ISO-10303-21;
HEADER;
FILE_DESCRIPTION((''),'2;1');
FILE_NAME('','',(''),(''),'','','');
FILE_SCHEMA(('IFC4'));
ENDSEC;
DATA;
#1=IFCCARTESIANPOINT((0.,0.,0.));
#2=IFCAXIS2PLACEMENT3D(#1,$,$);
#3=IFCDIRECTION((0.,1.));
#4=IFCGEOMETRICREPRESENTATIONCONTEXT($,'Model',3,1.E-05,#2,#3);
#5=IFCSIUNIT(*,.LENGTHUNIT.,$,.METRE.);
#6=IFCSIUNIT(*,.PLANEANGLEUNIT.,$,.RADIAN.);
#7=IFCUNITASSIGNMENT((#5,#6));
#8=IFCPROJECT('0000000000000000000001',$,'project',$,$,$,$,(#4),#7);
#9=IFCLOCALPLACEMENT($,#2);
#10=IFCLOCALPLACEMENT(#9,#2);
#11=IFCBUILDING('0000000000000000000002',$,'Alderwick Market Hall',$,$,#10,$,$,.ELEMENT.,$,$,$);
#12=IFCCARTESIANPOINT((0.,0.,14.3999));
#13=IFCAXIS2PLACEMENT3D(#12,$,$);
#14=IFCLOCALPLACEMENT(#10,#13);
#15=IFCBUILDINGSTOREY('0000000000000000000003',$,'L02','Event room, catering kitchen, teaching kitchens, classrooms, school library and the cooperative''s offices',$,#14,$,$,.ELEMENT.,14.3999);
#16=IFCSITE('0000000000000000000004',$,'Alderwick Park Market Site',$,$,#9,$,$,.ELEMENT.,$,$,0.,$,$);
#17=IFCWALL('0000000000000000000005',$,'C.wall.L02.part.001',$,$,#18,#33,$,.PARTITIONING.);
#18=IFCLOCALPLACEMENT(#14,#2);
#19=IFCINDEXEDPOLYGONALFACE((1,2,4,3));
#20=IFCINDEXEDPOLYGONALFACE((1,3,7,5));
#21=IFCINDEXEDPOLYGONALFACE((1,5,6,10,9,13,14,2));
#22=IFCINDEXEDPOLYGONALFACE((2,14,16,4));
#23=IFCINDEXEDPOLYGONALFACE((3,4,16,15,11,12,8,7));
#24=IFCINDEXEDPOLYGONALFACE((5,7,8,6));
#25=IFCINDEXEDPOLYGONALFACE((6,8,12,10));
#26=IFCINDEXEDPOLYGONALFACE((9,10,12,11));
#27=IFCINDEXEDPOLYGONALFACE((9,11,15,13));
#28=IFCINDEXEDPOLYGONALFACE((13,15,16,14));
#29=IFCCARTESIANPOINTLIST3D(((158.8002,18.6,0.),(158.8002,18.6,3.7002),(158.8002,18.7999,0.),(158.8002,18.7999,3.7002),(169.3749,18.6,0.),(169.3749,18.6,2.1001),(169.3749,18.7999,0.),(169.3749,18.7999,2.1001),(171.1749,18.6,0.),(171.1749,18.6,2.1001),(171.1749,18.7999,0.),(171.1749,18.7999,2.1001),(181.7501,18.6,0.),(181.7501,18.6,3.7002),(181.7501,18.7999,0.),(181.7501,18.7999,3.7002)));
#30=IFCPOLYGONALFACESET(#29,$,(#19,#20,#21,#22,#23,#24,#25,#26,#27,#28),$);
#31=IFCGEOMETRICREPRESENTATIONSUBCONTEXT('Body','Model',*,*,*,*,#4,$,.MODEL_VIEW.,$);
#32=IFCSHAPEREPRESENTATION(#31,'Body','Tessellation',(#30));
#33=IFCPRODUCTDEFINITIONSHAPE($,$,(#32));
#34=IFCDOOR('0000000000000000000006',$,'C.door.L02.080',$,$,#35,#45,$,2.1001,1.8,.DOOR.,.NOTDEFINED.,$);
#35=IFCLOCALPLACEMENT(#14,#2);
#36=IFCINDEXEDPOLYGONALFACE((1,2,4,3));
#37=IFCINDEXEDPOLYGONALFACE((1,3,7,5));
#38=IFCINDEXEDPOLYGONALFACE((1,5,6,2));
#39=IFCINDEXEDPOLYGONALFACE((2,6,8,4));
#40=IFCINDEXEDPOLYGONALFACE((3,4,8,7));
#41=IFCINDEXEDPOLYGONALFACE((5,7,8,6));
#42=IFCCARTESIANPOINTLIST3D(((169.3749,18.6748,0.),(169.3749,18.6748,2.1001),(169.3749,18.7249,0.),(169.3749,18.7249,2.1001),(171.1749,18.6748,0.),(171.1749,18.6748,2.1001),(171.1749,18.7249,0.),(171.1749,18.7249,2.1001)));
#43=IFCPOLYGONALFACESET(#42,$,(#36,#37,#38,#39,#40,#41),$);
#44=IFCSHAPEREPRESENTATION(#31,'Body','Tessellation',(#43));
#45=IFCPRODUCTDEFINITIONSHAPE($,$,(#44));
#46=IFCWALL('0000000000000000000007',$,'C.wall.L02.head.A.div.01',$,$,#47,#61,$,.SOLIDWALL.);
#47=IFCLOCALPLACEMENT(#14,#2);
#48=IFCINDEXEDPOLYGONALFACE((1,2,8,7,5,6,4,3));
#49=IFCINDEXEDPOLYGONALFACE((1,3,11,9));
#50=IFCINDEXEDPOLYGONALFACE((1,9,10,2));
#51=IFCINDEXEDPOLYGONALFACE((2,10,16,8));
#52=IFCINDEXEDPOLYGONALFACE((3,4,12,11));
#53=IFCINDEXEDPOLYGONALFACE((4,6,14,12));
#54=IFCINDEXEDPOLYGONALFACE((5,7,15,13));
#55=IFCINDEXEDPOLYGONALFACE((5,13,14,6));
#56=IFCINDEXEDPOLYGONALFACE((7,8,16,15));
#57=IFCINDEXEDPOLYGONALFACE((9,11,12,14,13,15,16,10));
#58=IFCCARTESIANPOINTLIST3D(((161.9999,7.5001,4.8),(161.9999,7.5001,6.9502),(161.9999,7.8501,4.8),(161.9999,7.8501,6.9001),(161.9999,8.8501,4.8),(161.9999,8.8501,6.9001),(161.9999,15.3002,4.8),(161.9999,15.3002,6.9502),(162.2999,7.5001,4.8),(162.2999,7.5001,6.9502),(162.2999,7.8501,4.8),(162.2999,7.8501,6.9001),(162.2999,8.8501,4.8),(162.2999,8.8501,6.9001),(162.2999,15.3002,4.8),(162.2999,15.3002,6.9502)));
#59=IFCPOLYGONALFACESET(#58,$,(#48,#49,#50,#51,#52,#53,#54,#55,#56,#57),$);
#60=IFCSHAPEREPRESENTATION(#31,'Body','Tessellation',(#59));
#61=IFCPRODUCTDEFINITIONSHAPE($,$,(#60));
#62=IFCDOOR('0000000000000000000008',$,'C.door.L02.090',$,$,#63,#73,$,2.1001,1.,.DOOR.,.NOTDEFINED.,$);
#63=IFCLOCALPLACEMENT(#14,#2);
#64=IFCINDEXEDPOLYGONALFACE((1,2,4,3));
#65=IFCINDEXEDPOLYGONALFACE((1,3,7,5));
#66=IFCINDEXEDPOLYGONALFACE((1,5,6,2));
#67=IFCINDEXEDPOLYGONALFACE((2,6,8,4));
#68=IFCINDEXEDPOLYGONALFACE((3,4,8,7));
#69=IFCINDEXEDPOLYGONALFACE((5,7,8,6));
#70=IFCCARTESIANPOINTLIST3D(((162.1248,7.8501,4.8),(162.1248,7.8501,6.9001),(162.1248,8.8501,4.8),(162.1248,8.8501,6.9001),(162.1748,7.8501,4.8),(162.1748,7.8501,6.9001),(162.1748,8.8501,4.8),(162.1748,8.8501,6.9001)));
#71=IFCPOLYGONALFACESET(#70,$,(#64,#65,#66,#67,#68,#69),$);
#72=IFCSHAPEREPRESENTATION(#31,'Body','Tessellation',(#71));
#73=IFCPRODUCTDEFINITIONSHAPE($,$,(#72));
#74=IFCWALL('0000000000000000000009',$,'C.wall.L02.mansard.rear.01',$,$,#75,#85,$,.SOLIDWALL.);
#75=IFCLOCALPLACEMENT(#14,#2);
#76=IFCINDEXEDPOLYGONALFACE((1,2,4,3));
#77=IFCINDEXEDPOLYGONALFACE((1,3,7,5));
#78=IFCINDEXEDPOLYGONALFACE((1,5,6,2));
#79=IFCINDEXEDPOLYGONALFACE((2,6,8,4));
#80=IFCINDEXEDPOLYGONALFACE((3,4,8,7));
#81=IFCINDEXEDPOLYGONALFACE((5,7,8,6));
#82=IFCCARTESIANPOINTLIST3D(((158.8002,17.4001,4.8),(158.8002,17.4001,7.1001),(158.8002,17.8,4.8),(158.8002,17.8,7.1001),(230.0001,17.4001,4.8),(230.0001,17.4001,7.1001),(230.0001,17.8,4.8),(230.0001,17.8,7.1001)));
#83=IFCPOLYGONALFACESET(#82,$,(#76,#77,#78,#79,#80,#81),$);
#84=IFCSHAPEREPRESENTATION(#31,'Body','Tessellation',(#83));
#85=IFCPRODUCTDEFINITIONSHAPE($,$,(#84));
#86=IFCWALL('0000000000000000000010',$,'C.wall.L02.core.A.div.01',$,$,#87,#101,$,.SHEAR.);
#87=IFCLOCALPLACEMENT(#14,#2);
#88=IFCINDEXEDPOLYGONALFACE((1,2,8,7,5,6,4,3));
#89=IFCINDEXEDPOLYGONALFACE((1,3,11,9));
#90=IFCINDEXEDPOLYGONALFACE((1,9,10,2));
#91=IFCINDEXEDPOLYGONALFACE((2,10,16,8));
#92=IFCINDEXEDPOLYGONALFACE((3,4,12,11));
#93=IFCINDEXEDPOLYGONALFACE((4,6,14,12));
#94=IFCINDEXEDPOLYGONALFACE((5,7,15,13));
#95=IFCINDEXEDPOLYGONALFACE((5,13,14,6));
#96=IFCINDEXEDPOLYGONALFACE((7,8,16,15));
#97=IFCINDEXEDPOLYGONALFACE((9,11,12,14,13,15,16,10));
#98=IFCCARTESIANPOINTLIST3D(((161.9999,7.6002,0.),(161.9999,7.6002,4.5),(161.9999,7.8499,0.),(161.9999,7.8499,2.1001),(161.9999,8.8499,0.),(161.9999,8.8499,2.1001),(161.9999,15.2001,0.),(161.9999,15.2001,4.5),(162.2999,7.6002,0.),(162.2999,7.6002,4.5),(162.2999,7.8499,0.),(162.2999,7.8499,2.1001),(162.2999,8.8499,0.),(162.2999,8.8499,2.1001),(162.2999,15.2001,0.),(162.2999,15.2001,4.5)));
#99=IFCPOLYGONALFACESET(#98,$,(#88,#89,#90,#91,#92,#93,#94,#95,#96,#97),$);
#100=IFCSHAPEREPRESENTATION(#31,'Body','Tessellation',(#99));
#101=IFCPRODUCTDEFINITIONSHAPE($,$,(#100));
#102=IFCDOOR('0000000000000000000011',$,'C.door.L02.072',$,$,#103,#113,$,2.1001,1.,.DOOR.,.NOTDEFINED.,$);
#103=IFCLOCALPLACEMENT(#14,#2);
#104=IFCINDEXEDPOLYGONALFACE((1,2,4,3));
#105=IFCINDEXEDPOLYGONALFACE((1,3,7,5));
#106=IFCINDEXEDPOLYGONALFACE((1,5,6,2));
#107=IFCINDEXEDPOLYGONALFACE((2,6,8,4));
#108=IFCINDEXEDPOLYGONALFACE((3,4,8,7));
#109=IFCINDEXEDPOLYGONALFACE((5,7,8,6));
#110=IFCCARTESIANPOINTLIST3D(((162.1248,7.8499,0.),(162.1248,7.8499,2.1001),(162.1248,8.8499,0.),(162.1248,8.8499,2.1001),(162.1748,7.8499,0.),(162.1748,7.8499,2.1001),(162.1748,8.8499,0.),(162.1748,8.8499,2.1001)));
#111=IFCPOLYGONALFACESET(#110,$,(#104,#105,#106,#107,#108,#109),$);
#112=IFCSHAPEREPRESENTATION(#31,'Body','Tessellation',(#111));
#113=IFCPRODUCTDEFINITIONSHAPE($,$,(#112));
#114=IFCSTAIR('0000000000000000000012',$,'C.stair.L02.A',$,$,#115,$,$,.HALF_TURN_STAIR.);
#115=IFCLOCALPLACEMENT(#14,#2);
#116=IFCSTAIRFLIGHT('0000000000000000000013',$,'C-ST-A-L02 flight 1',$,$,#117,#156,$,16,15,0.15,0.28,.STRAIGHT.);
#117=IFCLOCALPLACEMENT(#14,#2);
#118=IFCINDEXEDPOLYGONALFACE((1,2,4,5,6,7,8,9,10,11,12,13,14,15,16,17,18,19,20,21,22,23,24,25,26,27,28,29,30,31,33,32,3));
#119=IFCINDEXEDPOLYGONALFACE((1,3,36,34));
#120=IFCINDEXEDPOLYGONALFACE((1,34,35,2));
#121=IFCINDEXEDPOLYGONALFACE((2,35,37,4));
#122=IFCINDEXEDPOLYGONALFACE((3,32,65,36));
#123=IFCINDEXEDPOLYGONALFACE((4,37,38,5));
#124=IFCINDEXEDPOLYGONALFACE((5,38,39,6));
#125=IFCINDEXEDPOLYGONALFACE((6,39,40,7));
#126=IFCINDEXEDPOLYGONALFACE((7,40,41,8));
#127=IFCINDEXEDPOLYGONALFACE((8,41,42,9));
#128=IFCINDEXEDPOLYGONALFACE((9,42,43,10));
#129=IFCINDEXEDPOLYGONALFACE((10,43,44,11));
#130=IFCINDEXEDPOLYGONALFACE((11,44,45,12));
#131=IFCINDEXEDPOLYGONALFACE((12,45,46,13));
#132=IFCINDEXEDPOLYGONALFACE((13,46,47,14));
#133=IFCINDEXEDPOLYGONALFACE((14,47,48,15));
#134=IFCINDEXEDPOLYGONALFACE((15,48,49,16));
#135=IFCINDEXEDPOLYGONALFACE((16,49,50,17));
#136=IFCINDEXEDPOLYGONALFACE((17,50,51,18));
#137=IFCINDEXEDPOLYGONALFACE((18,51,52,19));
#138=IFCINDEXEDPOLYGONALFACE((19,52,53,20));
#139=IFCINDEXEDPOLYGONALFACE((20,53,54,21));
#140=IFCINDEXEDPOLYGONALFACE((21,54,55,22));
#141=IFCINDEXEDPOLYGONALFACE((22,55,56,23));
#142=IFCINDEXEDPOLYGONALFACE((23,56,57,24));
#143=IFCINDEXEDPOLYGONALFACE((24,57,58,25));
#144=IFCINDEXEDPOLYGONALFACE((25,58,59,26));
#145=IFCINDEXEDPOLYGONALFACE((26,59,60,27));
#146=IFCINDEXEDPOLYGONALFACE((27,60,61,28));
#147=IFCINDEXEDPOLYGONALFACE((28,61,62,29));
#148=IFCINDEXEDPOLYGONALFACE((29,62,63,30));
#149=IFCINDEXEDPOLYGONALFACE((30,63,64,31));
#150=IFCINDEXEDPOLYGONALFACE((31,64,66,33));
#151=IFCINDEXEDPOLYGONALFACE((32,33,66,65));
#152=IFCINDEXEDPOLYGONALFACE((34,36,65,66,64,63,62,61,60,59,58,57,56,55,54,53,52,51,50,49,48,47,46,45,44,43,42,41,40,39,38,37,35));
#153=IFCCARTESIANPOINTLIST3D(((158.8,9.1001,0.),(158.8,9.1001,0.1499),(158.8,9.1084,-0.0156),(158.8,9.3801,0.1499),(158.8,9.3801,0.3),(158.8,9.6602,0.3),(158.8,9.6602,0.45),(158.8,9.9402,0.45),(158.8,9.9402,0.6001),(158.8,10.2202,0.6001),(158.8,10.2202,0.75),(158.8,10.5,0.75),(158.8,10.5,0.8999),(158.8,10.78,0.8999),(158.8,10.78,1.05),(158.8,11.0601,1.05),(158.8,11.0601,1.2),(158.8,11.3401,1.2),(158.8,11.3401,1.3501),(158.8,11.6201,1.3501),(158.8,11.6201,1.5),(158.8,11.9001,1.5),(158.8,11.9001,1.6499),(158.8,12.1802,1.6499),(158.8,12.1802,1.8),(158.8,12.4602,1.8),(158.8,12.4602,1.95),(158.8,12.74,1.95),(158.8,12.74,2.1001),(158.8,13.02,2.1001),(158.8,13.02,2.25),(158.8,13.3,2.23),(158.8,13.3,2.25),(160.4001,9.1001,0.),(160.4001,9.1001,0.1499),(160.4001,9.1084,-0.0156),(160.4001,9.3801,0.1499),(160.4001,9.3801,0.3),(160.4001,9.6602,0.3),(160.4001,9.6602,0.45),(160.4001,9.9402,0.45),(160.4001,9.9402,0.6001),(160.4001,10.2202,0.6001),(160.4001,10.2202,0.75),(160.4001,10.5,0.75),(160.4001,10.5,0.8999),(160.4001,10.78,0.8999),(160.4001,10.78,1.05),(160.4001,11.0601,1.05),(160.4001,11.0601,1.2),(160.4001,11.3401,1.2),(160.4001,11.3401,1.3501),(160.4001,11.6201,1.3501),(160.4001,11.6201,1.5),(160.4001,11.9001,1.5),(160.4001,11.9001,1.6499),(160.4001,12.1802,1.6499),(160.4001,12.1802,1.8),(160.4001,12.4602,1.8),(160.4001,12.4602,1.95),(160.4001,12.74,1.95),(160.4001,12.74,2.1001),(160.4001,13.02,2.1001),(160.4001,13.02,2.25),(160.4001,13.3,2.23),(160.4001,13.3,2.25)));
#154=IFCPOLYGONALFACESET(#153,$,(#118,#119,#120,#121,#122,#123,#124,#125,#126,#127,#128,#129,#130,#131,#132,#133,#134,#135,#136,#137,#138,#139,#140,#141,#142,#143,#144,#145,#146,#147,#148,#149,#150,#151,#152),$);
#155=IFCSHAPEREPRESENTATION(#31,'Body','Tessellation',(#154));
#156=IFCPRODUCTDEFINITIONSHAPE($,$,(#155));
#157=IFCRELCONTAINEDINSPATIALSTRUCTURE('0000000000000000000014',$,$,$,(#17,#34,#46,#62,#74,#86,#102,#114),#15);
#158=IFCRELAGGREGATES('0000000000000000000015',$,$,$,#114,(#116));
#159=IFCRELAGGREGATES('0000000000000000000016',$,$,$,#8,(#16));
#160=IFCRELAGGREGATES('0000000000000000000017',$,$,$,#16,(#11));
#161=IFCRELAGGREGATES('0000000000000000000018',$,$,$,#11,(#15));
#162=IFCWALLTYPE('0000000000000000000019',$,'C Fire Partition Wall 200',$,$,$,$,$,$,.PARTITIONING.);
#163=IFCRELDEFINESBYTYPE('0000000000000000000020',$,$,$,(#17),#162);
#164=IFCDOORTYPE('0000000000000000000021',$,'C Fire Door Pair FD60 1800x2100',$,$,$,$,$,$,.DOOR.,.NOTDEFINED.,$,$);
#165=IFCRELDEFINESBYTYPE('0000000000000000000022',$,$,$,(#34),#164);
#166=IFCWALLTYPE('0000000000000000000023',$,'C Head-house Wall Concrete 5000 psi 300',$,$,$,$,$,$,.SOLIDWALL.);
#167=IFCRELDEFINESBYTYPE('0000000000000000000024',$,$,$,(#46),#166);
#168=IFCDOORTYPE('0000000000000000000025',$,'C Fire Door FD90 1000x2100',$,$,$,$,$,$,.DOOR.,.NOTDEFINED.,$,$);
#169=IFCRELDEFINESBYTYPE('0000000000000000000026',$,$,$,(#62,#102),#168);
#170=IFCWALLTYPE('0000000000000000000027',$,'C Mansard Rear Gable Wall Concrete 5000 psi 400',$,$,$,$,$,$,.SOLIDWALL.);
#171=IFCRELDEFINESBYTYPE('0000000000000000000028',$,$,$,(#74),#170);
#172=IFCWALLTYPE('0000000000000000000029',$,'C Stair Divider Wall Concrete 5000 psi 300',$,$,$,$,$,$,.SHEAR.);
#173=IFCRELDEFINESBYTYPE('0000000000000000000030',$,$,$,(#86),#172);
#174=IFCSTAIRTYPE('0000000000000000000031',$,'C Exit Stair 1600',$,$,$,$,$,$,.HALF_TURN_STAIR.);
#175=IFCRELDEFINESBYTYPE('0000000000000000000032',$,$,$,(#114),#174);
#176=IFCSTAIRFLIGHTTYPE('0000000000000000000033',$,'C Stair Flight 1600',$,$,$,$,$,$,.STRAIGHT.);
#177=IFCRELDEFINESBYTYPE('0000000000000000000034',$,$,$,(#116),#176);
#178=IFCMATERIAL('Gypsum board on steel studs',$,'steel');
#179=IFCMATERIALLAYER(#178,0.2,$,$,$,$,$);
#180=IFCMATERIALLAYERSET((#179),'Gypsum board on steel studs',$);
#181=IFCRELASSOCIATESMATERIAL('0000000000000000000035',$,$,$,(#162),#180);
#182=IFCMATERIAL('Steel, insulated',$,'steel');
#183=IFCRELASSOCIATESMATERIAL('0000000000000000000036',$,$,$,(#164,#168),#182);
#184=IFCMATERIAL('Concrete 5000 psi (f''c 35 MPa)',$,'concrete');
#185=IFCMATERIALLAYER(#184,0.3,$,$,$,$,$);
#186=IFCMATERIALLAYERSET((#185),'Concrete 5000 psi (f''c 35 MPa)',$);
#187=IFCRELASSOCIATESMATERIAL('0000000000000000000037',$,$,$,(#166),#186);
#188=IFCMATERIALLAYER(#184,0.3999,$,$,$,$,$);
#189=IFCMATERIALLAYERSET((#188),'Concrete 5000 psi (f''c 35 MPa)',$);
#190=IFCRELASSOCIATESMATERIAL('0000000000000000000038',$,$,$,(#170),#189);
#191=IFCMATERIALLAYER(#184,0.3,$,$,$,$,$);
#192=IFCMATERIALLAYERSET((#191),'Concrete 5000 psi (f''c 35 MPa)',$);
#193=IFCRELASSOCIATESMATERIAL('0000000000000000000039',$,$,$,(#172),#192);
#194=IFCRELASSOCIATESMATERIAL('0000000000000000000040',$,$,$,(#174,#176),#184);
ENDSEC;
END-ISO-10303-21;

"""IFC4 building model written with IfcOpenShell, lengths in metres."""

from ifc_helpers import new_model, si_unit, direction, frame, frame_2d, origin, place, context, subcontext, project, spatial, polyline, rectangle, outline, extrude, material, layer, layer_set, type_object, element, fill, aggregate, save


model = new_model("IFC4")

# Units and contexts
model_context = context("Model", 3, precision=1e-05, world=origin(), true_north=direction((0.0, 1.0)))
body_context = subcontext(model_context, "Body", "Model", "MODEL_VIEW")
ifc_project = project(units=[si_unit("LENGTHUNIT", "METRE"), si_unit("PLANEANGLEUNIT", "RADIAN")], contexts=[model_context])

# Site, building, storey
site_placement = place(None, origin())
site = spatial("IfcSite", under=ifc_project, at=site_placement, Name="Alderwick Park Market Site", CompositionType="ELEMENT", RefElevation=0.0)
building_placement = place(site_placement, origin())
building = spatial("IfcBuilding", under=site, at=building_placement, Name="Alderwick Market Hall", CompositionType="ELEMENT")
storey_placement = place(building_placement, frame((0.0, 0.0, 14.3999)))
storey = spatial("IfcBuildingStorey", under=building, at=storey_placement, Name="L02", Description="Event room, catering kitchen, teaching kitchens, classrooms, school library and the cooperative's offices", CompositionType="ELEMENT", Elevation=14.3999)

# Shared definitions
ifc_material_1 = material(Name="Concrete 5000 psi (f'c 35 MPa)", Category="concrete")

# Walls, openings, doors
ifc_material_2 = material(Name="Gypsum board on steel studs", Category="steel")
ifc_layer_1 = layer(ifc_material_2, 0.2)
ifc_layer_set_1 = layer_set([ifc_layer_1], Name="Gypsum board on steel studs")
wall_type_1 = type_object("IfcWallType", Name="C Fire Partition Wall 200", PredefinedType="PARTITIONING", material=ifc_layer_set_1)
wall_1_placement = place(storey_placement, frame((158.8, 18.7, 0.0), z_axis=(0.0, 0.0, 1.0), x_axis=(1.0, 0.0, 0.0)))
wall_1 = element("IfcWall", 1, at=wall_1_placement, inside=storey, type_object=wall_type_1, Name="C.wall.L02.part.001", PredefinedType="PARTITIONING", context=body_context, shape_type="SweptSolid", body=[
    extrude(rectangle(XDim=22.95, YDim=0.2, at=frame_2d((11.4751, 0.0))), origin(), (0.0, 0.0, 1.0), 3.7002),
])
opening_1_placement = place(wall_1_placement, frame((10.575, 0.0, 0.0)))
opening_1 = element("IfcOpeningElement", 2, at=opening_1_placement, cuts=wall_1, PredefinedType="OPENING", context=body_context, shape_type="SweptSolid", body=[
    extrude(rectangle(XDim=1.8, YDim=2.1001, at=frame_2d((0.8999, 1.05))), frame((0.0, 0.1099, 0.0), z_axis=(0.0, -1.0, 0.0), x_axis=(1.0, 0.0, 0.0)), (0.0, 0.0, 1.0), 0.22),
])
ifc_material_3 = material(Name="Steel, insulated", Category="steel")
door_type_1 = type_object("IfcDoorType", Name="C Fire Door Pair FD60 1800x2100", OperationType="NOTDEFINED", PredefinedType="DOOR", material=ifc_material_3)
door_1_placement = place(opening_1_placement, origin())
door_1 = element("IfcDoor", 3, at=door_1_placement, inside=storey, type_object=door_type_1, Name="C.door.L02.080", OperationType="NOTDEFINED", OverallHeight=2.1001, OverallWidth=1.8, PredefinedType="DOOR", context=body_context, shape_type="SweptSolid", body=[
    extrude(rectangle(XDim=1.8, YDim=2.1001, at=frame_2d((0.8999, 1.05))), frame((0.0, 0.0249, 0.0), z_axis=(0.0, -1.0, 0.0), x_axis=(1.0, 0.0, 0.0)), (0.0, 0.0, 1.0), 0.05),
])
fill(opening_1, door_1)
ifc_layer_2 = layer(ifc_material_1, 0.3)
ifc_layer_set_2 = layer_set([ifc_layer_2], Name="Concrete 5000 psi (f'c 35 MPa)")
wall_type_2 = type_object("IfcWallType", Name="C Head-house Wall Concrete 5000 psi 300", PredefinedType="SOLIDWALL", material=ifc_layer_set_2)
wall_2_placement = place(storey_placement, frame((162.1499, 15.3, 4.8), z_axis=(0.0, 0.0, 1.0), x_axis=(0.0, -1.0, 0.0)))
wall_2 = element("IfcWall", 4, at=wall_2_placement, inside=storey, type_object=wall_type_2, Name="C.wall.L02.head.A.div.01", PredefinedType="SOLIDWALL", context=body_context, shape_type="SweptSolid", body=[
    extrude(rectangle(XDim=7.8, YDim=0.3, at=frame_2d((3.8999, 0.0))), origin(), (0.0, 0.0, 1.0), 2.1501),
])
opening_2_placement = place(wall_2_placement, frame((6.45, 0.0, 0.0)))
opening_2 = element("IfcOpeningElement", 5, at=opening_2_placement, cuts=wall_2, PredefinedType="OPENING", context=body_context, shape_type="SweptSolid", body=[
    extrude(rectangle(XDim=1.0, YDim=2.1001, at=frame_2d((0.5, 1.05))), frame((0.0, 0.1599, 0.0), z_axis=(0.0, -1.0, 0.0), x_axis=(1.0, 0.0, 0.0)), (0.0, 0.0, 1.0), 0.3201),
])
door_type_2 = type_object("IfcDoorType", Name="C Fire Door FD90 1000x2100", OperationType="NOTDEFINED", PredefinedType="DOOR", material=ifc_material_3)
door_2_placement = place(opening_2_placement, origin())
door_2 = element("IfcDoor", 6, at=door_2_placement, inside=storey, type_object=door_type_2, Name="C.door.L02.090", OperationType="NOTDEFINED", OverallHeight=2.1001, OverallWidth=1.0, PredefinedType="DOOR", context=body_context, shape_type="SweptSolid", body=[
    extrude(rectangle(XDim=1.0, YDim=2.1001, at=frame_2d((0.5, 1.05))), frame((0.0, 0.0249, 0.0), z_axis=(0.0, -1.0, 0.0), x_axis=(1.0, 0.0, 0.0)), (0.0, 0.0, 1.0), 0.05),
])
fill(opening_2, door_2)

# Wall
ifc_layer_3 = layer(ifc_material_1, 0.3999)
ifc_layer_set_3 = layer_set([ifc_layer_3], Name="Concrete 5000 psi (f'c 35 MPa)")
wall_type_3 = type_object("IfcWallType", Name="C Mansard Rear Gable Wall Concrete 5000 psi 400", PredefinedType="SOLIDWALL", material=ifc_layer_set_3)
wall_3_placement = place(storey_placement, frame((158.8, 17.6001, 4.8), z_axis=(0.0, 0.0, 1.0), x_axis=(1.0, 0.0, 0.0)))
element("IfcWall", 7, at=wall_3_placement, inside=storey, type_object=wall_type_3, Name="C.wall.L02.mansard.rear.01", PredefinedType="SOLIDWALL", context=body_context, shape_type="SweptSolid", body=[
    extrude(rectangle(XDim=71.2, YDim=0.3999, at=frame_2d((35.6001, 0.0))), origin(), (0.0, 0.0, 1.0), 2.3),
])

# Wall, opening, door
ifc_layer_4 = layer(ifc_material_1, 0.3)
ifc_layer_set_4 = layer_set([ifc_layer_4], Name="Concrete 5000 psi (f'c 35 MPa)")
wall_type_4 = type_object("IfcWallType", Name="C Stair Divider Wall Concrete 5000 psi 300", PredefinedType="SHEAR", material=ifc_layer_set_4)
wall_4_placement = place(storey_placement, frame((162.1499, 15.2, 0.0), z_axis=(0.0, 0.0, 1.0), x_axis=(0.0, -1.0, 0.0)))
wall_4 = element("IfcWall", 8, at=wall_4_placement, inside=storey, type_object=wall_type_4, Name="C.wall.L02.core.A.div.01", PredefinedType="SHEAR", context=body_context, shape_type="SweptSolid", body=[
    extrude(rectangle(XDim=7.5999, YDim=0.3, at=frame_2d((3.7998, 0.0))), origin(), (0.0, 0.0, 1.0), 4.5),
])
opening_3_placement = place(wall_4_placement, frame((6.3501, 0.0, 0.0)))
opening_3 = element("IfcOpeningElement", 9, at=opening_3_placement, cuts=wall_4, PredefinedType="OPENING", context=body_context, shape_type="SweptSolid", body=[
    extrude(rectangle(XDim=1.0, YDim=2.1001, at=frame_2d((0.5, 1.05))), frame((0.0, 0.1599, 0.0), z_axis=(0.0, -1.0, 0.0), x_axis=(1.0, 0.0, 0.0)), (0.0, 0.0, 1.0), 0.3201),
])
door_3_placement = place(opening_3_placement, origin())
door_3 = element("IfcDoor", 10, at=door_3_placement, inside=storey, type_object=door_type_2, Name="C.door.L02.072", OperationType="NOTDEFINED", OverallHeight=2.1001, OverallWidth=1.0, PredefinedType="DOOR", context=body_context, shape_type="SweptSolid", body=[
    extrude(rectangle(XDim=1.0, YDim=2.1001, at=frame_2d((0.5, 1.05))), frame((0.0, 0.0249, 0.0), z_axis=(0.0, -1.0, 0.0), x_axis=(1.0, 0.0, 0.0)), (0.0, 0.0, 1.0), 0.05),
])
fill(opening_3, door_3)

# Stair, stair flight
stair_type = type_object("IfcStairType", Name="C Exit Stair 1600", PredefinedType="HALF_TURN_STAIR", material=ifc_material_1)
stair_placement = place(storey_placement, origin())
stair = element("IfcStair", 11, at=stair_placement, inside=storey, type_object=stair_type, Name="C.stair.L02.A", PredefinedType="HALF_TURN_STAIR")
stair_flight_type = type_object("IfcStairFlightType", Name="C Stair Flight 1600", PredefinedType="STRAIGHT", material=ifc_material_1)
stair_flight_1_placement = place(storey_placement, frame((159.6001, 9.1001, 0.0), z_axis=(0.0, 0.0, 1.0), x_axis=(0.0, 1.0, 0.0)))
stair_flight_1 = element("IfcStairFlight", 12, at=stair_flight_1_placement, type_object=stair_flight_type, Name="C-ST-A-L02 flight 1", NumberOfRisers=16, NumberOfTreads=15, PredefinedType="STRAIGHT", RiserHeight=0.15, TreadLength=0.28, context=body_context, shape_type="SweptSolid", body=[
    extrude(outline(polyline([(0.0083, -0.0156), (0.0, 0.0), (0.0, 0.1499), (0.28, 0.1499), (0.28, 0.3), (0.5601, 0.3), (0.5601, 0.45), (0.8401, 0.45), (0.8401, 0.6001), (1.1201, 0.6001), (1.1201, 0.75), (1.3999, 0.75), (1.3999, 0.8999), (1.6799, 0.8999), (1.6799, 1.05), (1.96, 1.05), (1.96, 1.2), (2.24, 1.2), (2.24, 1.3501), (2.52, 1.3501), (2.52, 1.5), (2.8, 1.5), (2.8, 1.6499), (3.0801, 1.6499), (3.0801, 1.8), (3.3601, 1.8), (3.3601, 1.95), (3.6399, 1.95), (3.6399, 2.1001), (3.9199, 2.1001), (3.9199, 2.25), (4.2, 2.25), (4.2, 2.23), (0.0083, -0.0156)])), frame((0.0, 0.8, 0.0), z_axis=(0.0, -1.0, 0.0), x_axis=(1.0, 0.0, 0.0)), (0.0, 0.0, 1.0), 1.6001),
])
aggregate(stair, [stair_flight_1])

save(model, "model.ifc")
